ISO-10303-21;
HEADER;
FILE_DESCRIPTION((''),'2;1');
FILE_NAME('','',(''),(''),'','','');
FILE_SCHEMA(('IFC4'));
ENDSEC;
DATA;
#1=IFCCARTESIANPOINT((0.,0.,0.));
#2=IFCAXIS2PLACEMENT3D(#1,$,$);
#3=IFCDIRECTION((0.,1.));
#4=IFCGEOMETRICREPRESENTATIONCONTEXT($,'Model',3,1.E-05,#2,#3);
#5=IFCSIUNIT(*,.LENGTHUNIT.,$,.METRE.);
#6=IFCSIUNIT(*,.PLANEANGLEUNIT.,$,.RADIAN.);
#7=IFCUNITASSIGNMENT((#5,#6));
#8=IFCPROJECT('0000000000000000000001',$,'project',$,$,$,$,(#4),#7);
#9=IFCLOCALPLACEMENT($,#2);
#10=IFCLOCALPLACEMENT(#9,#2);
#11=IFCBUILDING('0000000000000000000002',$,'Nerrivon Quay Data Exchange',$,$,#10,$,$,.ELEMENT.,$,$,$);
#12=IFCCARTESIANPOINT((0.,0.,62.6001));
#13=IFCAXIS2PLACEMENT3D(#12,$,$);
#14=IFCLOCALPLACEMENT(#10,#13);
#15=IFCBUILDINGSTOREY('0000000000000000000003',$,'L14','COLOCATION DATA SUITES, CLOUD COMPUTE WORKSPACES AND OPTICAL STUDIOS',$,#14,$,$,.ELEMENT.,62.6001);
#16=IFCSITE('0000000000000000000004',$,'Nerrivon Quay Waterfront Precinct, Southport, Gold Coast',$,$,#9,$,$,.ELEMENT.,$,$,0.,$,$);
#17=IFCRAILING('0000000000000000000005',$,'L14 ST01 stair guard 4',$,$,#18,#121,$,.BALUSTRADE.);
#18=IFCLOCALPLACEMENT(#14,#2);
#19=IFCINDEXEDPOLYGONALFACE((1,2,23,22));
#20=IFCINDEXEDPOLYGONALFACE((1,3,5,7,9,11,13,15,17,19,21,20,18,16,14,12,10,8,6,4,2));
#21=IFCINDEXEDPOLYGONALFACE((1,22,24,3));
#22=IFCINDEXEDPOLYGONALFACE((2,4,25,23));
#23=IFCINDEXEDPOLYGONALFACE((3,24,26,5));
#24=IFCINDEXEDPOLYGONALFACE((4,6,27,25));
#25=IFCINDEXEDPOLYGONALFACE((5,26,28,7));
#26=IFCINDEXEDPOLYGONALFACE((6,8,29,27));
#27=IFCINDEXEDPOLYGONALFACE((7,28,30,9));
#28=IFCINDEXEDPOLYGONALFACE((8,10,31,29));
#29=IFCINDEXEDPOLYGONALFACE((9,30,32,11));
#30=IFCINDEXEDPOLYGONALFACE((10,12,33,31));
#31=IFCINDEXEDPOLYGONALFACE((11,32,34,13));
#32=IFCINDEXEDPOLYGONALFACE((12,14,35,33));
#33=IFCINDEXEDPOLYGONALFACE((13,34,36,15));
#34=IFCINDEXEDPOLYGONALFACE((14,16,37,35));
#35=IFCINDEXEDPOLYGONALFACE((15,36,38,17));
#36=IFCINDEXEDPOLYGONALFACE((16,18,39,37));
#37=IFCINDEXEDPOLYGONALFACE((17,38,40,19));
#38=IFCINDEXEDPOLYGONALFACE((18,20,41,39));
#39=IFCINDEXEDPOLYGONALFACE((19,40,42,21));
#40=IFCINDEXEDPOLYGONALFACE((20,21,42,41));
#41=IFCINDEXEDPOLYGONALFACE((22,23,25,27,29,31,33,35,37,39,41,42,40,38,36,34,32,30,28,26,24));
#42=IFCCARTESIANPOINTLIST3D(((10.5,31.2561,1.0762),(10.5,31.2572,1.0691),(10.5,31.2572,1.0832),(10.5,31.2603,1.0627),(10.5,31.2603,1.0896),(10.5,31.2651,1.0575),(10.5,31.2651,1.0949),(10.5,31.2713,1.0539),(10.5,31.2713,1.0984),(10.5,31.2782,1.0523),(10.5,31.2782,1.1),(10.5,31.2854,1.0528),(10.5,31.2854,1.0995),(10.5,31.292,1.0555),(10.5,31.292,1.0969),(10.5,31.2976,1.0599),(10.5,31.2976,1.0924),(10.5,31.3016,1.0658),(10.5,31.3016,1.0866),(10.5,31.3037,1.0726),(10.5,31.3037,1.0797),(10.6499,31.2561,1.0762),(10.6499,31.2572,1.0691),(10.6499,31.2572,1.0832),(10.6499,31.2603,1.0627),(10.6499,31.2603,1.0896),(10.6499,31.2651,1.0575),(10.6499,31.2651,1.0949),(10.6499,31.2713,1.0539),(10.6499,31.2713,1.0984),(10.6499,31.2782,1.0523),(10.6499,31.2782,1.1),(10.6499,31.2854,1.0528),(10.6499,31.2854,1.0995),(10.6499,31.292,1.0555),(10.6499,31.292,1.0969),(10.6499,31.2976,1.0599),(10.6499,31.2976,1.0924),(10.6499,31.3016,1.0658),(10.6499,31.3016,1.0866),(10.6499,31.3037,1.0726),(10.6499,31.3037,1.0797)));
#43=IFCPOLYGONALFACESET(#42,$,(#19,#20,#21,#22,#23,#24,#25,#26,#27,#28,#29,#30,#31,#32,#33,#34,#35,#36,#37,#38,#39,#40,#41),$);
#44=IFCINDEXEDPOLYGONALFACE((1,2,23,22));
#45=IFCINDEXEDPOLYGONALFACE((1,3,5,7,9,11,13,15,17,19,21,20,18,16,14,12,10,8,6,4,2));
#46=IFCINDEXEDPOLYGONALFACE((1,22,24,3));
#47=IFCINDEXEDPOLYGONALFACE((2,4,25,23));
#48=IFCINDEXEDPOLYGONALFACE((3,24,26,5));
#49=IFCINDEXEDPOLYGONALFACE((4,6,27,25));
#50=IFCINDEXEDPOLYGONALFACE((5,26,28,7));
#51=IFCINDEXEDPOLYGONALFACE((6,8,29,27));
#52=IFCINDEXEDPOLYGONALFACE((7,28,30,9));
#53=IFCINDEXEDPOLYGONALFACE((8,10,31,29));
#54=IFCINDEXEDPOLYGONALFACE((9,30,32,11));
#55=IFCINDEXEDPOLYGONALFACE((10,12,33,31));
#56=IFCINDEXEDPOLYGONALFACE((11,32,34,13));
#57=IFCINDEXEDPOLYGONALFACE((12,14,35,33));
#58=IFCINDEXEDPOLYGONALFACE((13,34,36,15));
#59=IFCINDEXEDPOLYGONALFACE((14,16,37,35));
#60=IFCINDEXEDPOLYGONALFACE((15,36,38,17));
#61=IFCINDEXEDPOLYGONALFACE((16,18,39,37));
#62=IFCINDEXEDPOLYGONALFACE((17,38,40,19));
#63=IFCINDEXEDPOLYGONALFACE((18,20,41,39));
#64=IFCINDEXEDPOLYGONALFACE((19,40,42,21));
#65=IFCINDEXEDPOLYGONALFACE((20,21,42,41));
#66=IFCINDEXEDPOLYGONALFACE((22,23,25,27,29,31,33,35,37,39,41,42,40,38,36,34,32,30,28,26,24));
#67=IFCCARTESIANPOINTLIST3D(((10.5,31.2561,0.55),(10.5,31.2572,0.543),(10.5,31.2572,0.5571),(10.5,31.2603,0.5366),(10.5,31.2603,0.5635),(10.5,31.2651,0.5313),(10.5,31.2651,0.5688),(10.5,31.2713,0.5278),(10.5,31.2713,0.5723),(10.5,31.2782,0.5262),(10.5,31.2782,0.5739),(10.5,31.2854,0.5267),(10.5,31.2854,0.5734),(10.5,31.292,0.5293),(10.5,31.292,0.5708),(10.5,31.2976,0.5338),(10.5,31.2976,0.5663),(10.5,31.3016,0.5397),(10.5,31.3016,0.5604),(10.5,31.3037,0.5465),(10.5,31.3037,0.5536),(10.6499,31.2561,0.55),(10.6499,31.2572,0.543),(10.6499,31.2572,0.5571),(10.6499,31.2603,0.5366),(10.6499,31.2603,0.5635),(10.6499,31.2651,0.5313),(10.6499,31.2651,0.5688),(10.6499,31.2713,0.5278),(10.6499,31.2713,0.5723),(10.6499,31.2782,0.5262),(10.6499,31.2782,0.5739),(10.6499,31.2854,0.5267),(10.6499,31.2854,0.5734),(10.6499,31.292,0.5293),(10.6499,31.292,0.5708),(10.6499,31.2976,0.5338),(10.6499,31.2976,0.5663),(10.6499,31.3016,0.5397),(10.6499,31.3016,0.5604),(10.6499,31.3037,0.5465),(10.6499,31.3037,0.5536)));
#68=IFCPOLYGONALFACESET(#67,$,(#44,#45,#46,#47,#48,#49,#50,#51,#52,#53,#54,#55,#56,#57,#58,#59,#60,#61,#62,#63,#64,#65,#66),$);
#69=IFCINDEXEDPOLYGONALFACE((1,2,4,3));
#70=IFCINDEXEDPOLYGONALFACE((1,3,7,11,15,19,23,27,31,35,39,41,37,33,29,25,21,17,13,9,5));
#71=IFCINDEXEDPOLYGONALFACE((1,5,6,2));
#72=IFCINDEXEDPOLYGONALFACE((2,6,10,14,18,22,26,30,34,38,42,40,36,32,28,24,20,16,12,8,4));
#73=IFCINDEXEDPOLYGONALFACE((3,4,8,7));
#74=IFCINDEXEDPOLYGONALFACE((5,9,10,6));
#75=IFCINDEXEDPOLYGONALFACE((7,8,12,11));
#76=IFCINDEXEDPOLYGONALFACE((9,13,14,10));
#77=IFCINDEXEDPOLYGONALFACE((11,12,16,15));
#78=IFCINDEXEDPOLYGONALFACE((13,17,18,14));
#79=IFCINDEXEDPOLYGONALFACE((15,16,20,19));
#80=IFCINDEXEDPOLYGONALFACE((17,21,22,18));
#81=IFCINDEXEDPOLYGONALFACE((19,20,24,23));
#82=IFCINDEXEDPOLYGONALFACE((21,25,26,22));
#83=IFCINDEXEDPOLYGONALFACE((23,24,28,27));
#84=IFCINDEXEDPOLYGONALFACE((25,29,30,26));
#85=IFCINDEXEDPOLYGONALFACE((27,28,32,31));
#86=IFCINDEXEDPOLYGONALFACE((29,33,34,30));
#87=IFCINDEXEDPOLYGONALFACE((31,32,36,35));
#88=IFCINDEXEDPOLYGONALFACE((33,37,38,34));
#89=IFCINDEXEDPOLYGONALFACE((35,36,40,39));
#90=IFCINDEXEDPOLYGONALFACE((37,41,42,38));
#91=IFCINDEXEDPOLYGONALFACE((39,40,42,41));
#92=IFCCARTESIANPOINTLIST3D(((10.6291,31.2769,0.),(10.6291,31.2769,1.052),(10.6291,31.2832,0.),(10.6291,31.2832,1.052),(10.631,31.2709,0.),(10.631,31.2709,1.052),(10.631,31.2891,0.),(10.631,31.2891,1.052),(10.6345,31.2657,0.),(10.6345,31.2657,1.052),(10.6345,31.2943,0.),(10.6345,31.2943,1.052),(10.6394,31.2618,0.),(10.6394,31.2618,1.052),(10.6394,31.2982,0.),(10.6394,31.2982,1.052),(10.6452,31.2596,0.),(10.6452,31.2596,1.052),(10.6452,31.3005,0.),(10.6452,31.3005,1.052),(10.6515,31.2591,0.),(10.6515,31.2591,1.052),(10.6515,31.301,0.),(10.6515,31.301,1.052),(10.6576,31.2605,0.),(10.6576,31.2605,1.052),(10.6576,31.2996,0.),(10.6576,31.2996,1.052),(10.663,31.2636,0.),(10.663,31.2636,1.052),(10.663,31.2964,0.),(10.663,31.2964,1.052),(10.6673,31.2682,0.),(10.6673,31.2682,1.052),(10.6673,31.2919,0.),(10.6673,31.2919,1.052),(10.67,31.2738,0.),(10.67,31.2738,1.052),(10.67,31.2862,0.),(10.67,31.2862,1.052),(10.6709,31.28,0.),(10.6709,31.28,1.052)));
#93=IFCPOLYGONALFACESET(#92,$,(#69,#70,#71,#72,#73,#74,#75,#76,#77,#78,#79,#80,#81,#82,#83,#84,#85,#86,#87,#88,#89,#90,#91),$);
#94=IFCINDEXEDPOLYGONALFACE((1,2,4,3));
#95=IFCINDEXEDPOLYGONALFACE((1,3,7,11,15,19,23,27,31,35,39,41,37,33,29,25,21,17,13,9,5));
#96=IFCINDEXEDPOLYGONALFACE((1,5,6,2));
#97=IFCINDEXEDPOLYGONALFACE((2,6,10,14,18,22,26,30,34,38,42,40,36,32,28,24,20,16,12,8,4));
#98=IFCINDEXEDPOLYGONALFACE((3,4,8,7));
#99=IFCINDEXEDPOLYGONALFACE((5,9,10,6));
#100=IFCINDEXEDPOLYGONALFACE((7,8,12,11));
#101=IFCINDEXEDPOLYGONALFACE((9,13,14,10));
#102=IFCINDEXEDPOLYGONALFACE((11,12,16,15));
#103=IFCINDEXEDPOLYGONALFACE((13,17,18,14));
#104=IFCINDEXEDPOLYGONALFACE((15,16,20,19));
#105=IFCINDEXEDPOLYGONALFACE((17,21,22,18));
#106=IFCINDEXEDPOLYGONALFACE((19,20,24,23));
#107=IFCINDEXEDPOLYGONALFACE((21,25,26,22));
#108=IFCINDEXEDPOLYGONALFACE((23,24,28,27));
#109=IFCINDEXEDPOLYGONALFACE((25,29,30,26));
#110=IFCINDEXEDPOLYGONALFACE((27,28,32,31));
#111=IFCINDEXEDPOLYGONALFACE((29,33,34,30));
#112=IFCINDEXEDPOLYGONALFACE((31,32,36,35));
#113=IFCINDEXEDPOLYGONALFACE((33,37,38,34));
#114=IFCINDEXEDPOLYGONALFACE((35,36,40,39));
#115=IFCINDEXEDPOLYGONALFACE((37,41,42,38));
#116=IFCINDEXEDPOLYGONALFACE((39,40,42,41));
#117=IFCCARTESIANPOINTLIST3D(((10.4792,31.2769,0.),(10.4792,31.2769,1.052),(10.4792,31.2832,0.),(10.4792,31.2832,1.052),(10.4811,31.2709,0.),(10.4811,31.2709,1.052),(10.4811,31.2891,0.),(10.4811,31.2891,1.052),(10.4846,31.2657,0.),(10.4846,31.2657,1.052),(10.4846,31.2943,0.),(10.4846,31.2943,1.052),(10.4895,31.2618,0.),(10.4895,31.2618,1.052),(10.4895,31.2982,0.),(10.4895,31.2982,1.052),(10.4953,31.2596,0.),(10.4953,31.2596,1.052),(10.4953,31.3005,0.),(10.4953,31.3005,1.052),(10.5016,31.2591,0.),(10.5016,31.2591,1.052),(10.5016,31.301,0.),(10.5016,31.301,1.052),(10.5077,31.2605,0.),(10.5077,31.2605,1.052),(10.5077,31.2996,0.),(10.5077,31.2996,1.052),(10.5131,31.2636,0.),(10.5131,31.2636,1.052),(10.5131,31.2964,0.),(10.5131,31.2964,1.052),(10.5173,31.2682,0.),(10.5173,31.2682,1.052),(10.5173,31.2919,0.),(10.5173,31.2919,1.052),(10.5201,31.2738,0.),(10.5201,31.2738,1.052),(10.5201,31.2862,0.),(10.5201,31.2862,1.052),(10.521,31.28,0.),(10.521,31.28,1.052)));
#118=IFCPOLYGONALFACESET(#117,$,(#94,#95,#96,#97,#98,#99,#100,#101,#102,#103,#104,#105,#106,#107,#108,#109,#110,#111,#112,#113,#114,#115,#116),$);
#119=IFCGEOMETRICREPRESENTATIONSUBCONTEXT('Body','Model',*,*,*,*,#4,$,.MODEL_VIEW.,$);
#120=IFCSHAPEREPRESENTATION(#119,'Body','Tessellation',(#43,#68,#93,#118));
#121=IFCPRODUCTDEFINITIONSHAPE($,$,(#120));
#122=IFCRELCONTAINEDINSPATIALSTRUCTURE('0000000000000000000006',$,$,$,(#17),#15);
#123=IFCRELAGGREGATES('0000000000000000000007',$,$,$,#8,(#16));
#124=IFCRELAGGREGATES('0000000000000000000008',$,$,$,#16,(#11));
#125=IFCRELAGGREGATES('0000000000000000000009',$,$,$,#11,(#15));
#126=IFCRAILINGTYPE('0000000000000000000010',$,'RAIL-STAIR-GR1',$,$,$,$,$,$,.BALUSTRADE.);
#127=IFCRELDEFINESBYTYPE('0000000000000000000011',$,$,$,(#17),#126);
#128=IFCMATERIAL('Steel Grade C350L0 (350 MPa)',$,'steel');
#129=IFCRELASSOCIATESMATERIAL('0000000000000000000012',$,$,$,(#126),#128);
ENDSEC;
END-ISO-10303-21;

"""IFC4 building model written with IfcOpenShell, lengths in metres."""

from ifc_helpers import new_model, si_unit, direction, frame, origin, origin_2d, place, context, subcontext, project, spatial, circle, extrude, material, type_object, element, save


model = new_model("IFC4")

# Units and contexts
model_context = context("Model", 3, precision=1e-05, world=origin(), true_north=direction((0.0, 1.0)))
body_context = subcontext(model_context, "Body", "Model", "MODEL_VIEW")
ifc_project = project(units=[si_unit("LENGTHUNIT", "METRE"), si_unit("PLANEANGLEUNIT", "RADIAN")], contexts=[model_context])

# Site, building, storey
site_placement = place(None, origin())
site = spatial("IfcSite", under=ifc_project, at=site_placement, Name="Nerrivon Quay Waterfront Precinct, Southport, Gold Coast", CompositionType="ELEMENT", RefElevation=0.0)
building_placement = place(site_placement, origin())
building = spatial("IfcBuilding", under=site, at=building_placement, Name="Nerrivon Quay Data Exchange", CompositionType="ELEMENT")
storey_placement = place(building_placement, frame((0.0, 0.0, 62.6001)))
storey = spatial("IfcBuildingStorey", under=building, at=storey_placement, Name="L14", Description="COLOCATION DATA SUITES, CLOUD COMPUTE WORKSPACES AND OPTICAL STUDIOS", CompositionType="ELEMENT", Elevation=62.6001)

# Railing
ifc_material_1 = material(Name="Steel Grade C350L0 (350 MPa)", Category="steel")
railing_type_1 = type_object("IfcRailingType", Name="RAIL-STAIR-GR1", PredefinedType="BALUSTRADE", material=ifc_material_1)
railing_1_placement = place(storey_placement, frame((10.6499, 31.28, 0.0)))
element("IfcRailing", 1, at=railing_1_placement, inside=storey, type_object=railing_type_1, Name="L14 ST01 stair guard 4", PredefinedType="BALUSTRADE", context=body_context, shape_type="SweptSolid", body=[
    extrude(circle(Radius=0.0239, at=origin_2d()), frame((0.0, 0.0, 1.0762), z_axis=(-1.0, 0.0, 0.0), x_axis=(0.0, -1.0, 0.0)), (0.0, 0.0, 1.0), 0.1499),
    extrude(circle(Radius=0.0239, at=origin_2d()), frame((0.0, 0.0, 0.55), z_axis=(-1.0, 0.0, 0.0), x_axis=(0.0, -1.0, 0.0)), (0.0, 0.0, 1.0), 0.1499),
    extrude(circle(Radius=0.021, at=origin_2d()), origin(), (0.0, 0.0, 1.0), 1.052),
    extrude(circle(Radius=0.021, at=origin_2d()), frame((-0.1499, 0.0, 0.0)), (0.0, 0.0, 1.0), 1.052),
])

save(model, "model.ifc")
